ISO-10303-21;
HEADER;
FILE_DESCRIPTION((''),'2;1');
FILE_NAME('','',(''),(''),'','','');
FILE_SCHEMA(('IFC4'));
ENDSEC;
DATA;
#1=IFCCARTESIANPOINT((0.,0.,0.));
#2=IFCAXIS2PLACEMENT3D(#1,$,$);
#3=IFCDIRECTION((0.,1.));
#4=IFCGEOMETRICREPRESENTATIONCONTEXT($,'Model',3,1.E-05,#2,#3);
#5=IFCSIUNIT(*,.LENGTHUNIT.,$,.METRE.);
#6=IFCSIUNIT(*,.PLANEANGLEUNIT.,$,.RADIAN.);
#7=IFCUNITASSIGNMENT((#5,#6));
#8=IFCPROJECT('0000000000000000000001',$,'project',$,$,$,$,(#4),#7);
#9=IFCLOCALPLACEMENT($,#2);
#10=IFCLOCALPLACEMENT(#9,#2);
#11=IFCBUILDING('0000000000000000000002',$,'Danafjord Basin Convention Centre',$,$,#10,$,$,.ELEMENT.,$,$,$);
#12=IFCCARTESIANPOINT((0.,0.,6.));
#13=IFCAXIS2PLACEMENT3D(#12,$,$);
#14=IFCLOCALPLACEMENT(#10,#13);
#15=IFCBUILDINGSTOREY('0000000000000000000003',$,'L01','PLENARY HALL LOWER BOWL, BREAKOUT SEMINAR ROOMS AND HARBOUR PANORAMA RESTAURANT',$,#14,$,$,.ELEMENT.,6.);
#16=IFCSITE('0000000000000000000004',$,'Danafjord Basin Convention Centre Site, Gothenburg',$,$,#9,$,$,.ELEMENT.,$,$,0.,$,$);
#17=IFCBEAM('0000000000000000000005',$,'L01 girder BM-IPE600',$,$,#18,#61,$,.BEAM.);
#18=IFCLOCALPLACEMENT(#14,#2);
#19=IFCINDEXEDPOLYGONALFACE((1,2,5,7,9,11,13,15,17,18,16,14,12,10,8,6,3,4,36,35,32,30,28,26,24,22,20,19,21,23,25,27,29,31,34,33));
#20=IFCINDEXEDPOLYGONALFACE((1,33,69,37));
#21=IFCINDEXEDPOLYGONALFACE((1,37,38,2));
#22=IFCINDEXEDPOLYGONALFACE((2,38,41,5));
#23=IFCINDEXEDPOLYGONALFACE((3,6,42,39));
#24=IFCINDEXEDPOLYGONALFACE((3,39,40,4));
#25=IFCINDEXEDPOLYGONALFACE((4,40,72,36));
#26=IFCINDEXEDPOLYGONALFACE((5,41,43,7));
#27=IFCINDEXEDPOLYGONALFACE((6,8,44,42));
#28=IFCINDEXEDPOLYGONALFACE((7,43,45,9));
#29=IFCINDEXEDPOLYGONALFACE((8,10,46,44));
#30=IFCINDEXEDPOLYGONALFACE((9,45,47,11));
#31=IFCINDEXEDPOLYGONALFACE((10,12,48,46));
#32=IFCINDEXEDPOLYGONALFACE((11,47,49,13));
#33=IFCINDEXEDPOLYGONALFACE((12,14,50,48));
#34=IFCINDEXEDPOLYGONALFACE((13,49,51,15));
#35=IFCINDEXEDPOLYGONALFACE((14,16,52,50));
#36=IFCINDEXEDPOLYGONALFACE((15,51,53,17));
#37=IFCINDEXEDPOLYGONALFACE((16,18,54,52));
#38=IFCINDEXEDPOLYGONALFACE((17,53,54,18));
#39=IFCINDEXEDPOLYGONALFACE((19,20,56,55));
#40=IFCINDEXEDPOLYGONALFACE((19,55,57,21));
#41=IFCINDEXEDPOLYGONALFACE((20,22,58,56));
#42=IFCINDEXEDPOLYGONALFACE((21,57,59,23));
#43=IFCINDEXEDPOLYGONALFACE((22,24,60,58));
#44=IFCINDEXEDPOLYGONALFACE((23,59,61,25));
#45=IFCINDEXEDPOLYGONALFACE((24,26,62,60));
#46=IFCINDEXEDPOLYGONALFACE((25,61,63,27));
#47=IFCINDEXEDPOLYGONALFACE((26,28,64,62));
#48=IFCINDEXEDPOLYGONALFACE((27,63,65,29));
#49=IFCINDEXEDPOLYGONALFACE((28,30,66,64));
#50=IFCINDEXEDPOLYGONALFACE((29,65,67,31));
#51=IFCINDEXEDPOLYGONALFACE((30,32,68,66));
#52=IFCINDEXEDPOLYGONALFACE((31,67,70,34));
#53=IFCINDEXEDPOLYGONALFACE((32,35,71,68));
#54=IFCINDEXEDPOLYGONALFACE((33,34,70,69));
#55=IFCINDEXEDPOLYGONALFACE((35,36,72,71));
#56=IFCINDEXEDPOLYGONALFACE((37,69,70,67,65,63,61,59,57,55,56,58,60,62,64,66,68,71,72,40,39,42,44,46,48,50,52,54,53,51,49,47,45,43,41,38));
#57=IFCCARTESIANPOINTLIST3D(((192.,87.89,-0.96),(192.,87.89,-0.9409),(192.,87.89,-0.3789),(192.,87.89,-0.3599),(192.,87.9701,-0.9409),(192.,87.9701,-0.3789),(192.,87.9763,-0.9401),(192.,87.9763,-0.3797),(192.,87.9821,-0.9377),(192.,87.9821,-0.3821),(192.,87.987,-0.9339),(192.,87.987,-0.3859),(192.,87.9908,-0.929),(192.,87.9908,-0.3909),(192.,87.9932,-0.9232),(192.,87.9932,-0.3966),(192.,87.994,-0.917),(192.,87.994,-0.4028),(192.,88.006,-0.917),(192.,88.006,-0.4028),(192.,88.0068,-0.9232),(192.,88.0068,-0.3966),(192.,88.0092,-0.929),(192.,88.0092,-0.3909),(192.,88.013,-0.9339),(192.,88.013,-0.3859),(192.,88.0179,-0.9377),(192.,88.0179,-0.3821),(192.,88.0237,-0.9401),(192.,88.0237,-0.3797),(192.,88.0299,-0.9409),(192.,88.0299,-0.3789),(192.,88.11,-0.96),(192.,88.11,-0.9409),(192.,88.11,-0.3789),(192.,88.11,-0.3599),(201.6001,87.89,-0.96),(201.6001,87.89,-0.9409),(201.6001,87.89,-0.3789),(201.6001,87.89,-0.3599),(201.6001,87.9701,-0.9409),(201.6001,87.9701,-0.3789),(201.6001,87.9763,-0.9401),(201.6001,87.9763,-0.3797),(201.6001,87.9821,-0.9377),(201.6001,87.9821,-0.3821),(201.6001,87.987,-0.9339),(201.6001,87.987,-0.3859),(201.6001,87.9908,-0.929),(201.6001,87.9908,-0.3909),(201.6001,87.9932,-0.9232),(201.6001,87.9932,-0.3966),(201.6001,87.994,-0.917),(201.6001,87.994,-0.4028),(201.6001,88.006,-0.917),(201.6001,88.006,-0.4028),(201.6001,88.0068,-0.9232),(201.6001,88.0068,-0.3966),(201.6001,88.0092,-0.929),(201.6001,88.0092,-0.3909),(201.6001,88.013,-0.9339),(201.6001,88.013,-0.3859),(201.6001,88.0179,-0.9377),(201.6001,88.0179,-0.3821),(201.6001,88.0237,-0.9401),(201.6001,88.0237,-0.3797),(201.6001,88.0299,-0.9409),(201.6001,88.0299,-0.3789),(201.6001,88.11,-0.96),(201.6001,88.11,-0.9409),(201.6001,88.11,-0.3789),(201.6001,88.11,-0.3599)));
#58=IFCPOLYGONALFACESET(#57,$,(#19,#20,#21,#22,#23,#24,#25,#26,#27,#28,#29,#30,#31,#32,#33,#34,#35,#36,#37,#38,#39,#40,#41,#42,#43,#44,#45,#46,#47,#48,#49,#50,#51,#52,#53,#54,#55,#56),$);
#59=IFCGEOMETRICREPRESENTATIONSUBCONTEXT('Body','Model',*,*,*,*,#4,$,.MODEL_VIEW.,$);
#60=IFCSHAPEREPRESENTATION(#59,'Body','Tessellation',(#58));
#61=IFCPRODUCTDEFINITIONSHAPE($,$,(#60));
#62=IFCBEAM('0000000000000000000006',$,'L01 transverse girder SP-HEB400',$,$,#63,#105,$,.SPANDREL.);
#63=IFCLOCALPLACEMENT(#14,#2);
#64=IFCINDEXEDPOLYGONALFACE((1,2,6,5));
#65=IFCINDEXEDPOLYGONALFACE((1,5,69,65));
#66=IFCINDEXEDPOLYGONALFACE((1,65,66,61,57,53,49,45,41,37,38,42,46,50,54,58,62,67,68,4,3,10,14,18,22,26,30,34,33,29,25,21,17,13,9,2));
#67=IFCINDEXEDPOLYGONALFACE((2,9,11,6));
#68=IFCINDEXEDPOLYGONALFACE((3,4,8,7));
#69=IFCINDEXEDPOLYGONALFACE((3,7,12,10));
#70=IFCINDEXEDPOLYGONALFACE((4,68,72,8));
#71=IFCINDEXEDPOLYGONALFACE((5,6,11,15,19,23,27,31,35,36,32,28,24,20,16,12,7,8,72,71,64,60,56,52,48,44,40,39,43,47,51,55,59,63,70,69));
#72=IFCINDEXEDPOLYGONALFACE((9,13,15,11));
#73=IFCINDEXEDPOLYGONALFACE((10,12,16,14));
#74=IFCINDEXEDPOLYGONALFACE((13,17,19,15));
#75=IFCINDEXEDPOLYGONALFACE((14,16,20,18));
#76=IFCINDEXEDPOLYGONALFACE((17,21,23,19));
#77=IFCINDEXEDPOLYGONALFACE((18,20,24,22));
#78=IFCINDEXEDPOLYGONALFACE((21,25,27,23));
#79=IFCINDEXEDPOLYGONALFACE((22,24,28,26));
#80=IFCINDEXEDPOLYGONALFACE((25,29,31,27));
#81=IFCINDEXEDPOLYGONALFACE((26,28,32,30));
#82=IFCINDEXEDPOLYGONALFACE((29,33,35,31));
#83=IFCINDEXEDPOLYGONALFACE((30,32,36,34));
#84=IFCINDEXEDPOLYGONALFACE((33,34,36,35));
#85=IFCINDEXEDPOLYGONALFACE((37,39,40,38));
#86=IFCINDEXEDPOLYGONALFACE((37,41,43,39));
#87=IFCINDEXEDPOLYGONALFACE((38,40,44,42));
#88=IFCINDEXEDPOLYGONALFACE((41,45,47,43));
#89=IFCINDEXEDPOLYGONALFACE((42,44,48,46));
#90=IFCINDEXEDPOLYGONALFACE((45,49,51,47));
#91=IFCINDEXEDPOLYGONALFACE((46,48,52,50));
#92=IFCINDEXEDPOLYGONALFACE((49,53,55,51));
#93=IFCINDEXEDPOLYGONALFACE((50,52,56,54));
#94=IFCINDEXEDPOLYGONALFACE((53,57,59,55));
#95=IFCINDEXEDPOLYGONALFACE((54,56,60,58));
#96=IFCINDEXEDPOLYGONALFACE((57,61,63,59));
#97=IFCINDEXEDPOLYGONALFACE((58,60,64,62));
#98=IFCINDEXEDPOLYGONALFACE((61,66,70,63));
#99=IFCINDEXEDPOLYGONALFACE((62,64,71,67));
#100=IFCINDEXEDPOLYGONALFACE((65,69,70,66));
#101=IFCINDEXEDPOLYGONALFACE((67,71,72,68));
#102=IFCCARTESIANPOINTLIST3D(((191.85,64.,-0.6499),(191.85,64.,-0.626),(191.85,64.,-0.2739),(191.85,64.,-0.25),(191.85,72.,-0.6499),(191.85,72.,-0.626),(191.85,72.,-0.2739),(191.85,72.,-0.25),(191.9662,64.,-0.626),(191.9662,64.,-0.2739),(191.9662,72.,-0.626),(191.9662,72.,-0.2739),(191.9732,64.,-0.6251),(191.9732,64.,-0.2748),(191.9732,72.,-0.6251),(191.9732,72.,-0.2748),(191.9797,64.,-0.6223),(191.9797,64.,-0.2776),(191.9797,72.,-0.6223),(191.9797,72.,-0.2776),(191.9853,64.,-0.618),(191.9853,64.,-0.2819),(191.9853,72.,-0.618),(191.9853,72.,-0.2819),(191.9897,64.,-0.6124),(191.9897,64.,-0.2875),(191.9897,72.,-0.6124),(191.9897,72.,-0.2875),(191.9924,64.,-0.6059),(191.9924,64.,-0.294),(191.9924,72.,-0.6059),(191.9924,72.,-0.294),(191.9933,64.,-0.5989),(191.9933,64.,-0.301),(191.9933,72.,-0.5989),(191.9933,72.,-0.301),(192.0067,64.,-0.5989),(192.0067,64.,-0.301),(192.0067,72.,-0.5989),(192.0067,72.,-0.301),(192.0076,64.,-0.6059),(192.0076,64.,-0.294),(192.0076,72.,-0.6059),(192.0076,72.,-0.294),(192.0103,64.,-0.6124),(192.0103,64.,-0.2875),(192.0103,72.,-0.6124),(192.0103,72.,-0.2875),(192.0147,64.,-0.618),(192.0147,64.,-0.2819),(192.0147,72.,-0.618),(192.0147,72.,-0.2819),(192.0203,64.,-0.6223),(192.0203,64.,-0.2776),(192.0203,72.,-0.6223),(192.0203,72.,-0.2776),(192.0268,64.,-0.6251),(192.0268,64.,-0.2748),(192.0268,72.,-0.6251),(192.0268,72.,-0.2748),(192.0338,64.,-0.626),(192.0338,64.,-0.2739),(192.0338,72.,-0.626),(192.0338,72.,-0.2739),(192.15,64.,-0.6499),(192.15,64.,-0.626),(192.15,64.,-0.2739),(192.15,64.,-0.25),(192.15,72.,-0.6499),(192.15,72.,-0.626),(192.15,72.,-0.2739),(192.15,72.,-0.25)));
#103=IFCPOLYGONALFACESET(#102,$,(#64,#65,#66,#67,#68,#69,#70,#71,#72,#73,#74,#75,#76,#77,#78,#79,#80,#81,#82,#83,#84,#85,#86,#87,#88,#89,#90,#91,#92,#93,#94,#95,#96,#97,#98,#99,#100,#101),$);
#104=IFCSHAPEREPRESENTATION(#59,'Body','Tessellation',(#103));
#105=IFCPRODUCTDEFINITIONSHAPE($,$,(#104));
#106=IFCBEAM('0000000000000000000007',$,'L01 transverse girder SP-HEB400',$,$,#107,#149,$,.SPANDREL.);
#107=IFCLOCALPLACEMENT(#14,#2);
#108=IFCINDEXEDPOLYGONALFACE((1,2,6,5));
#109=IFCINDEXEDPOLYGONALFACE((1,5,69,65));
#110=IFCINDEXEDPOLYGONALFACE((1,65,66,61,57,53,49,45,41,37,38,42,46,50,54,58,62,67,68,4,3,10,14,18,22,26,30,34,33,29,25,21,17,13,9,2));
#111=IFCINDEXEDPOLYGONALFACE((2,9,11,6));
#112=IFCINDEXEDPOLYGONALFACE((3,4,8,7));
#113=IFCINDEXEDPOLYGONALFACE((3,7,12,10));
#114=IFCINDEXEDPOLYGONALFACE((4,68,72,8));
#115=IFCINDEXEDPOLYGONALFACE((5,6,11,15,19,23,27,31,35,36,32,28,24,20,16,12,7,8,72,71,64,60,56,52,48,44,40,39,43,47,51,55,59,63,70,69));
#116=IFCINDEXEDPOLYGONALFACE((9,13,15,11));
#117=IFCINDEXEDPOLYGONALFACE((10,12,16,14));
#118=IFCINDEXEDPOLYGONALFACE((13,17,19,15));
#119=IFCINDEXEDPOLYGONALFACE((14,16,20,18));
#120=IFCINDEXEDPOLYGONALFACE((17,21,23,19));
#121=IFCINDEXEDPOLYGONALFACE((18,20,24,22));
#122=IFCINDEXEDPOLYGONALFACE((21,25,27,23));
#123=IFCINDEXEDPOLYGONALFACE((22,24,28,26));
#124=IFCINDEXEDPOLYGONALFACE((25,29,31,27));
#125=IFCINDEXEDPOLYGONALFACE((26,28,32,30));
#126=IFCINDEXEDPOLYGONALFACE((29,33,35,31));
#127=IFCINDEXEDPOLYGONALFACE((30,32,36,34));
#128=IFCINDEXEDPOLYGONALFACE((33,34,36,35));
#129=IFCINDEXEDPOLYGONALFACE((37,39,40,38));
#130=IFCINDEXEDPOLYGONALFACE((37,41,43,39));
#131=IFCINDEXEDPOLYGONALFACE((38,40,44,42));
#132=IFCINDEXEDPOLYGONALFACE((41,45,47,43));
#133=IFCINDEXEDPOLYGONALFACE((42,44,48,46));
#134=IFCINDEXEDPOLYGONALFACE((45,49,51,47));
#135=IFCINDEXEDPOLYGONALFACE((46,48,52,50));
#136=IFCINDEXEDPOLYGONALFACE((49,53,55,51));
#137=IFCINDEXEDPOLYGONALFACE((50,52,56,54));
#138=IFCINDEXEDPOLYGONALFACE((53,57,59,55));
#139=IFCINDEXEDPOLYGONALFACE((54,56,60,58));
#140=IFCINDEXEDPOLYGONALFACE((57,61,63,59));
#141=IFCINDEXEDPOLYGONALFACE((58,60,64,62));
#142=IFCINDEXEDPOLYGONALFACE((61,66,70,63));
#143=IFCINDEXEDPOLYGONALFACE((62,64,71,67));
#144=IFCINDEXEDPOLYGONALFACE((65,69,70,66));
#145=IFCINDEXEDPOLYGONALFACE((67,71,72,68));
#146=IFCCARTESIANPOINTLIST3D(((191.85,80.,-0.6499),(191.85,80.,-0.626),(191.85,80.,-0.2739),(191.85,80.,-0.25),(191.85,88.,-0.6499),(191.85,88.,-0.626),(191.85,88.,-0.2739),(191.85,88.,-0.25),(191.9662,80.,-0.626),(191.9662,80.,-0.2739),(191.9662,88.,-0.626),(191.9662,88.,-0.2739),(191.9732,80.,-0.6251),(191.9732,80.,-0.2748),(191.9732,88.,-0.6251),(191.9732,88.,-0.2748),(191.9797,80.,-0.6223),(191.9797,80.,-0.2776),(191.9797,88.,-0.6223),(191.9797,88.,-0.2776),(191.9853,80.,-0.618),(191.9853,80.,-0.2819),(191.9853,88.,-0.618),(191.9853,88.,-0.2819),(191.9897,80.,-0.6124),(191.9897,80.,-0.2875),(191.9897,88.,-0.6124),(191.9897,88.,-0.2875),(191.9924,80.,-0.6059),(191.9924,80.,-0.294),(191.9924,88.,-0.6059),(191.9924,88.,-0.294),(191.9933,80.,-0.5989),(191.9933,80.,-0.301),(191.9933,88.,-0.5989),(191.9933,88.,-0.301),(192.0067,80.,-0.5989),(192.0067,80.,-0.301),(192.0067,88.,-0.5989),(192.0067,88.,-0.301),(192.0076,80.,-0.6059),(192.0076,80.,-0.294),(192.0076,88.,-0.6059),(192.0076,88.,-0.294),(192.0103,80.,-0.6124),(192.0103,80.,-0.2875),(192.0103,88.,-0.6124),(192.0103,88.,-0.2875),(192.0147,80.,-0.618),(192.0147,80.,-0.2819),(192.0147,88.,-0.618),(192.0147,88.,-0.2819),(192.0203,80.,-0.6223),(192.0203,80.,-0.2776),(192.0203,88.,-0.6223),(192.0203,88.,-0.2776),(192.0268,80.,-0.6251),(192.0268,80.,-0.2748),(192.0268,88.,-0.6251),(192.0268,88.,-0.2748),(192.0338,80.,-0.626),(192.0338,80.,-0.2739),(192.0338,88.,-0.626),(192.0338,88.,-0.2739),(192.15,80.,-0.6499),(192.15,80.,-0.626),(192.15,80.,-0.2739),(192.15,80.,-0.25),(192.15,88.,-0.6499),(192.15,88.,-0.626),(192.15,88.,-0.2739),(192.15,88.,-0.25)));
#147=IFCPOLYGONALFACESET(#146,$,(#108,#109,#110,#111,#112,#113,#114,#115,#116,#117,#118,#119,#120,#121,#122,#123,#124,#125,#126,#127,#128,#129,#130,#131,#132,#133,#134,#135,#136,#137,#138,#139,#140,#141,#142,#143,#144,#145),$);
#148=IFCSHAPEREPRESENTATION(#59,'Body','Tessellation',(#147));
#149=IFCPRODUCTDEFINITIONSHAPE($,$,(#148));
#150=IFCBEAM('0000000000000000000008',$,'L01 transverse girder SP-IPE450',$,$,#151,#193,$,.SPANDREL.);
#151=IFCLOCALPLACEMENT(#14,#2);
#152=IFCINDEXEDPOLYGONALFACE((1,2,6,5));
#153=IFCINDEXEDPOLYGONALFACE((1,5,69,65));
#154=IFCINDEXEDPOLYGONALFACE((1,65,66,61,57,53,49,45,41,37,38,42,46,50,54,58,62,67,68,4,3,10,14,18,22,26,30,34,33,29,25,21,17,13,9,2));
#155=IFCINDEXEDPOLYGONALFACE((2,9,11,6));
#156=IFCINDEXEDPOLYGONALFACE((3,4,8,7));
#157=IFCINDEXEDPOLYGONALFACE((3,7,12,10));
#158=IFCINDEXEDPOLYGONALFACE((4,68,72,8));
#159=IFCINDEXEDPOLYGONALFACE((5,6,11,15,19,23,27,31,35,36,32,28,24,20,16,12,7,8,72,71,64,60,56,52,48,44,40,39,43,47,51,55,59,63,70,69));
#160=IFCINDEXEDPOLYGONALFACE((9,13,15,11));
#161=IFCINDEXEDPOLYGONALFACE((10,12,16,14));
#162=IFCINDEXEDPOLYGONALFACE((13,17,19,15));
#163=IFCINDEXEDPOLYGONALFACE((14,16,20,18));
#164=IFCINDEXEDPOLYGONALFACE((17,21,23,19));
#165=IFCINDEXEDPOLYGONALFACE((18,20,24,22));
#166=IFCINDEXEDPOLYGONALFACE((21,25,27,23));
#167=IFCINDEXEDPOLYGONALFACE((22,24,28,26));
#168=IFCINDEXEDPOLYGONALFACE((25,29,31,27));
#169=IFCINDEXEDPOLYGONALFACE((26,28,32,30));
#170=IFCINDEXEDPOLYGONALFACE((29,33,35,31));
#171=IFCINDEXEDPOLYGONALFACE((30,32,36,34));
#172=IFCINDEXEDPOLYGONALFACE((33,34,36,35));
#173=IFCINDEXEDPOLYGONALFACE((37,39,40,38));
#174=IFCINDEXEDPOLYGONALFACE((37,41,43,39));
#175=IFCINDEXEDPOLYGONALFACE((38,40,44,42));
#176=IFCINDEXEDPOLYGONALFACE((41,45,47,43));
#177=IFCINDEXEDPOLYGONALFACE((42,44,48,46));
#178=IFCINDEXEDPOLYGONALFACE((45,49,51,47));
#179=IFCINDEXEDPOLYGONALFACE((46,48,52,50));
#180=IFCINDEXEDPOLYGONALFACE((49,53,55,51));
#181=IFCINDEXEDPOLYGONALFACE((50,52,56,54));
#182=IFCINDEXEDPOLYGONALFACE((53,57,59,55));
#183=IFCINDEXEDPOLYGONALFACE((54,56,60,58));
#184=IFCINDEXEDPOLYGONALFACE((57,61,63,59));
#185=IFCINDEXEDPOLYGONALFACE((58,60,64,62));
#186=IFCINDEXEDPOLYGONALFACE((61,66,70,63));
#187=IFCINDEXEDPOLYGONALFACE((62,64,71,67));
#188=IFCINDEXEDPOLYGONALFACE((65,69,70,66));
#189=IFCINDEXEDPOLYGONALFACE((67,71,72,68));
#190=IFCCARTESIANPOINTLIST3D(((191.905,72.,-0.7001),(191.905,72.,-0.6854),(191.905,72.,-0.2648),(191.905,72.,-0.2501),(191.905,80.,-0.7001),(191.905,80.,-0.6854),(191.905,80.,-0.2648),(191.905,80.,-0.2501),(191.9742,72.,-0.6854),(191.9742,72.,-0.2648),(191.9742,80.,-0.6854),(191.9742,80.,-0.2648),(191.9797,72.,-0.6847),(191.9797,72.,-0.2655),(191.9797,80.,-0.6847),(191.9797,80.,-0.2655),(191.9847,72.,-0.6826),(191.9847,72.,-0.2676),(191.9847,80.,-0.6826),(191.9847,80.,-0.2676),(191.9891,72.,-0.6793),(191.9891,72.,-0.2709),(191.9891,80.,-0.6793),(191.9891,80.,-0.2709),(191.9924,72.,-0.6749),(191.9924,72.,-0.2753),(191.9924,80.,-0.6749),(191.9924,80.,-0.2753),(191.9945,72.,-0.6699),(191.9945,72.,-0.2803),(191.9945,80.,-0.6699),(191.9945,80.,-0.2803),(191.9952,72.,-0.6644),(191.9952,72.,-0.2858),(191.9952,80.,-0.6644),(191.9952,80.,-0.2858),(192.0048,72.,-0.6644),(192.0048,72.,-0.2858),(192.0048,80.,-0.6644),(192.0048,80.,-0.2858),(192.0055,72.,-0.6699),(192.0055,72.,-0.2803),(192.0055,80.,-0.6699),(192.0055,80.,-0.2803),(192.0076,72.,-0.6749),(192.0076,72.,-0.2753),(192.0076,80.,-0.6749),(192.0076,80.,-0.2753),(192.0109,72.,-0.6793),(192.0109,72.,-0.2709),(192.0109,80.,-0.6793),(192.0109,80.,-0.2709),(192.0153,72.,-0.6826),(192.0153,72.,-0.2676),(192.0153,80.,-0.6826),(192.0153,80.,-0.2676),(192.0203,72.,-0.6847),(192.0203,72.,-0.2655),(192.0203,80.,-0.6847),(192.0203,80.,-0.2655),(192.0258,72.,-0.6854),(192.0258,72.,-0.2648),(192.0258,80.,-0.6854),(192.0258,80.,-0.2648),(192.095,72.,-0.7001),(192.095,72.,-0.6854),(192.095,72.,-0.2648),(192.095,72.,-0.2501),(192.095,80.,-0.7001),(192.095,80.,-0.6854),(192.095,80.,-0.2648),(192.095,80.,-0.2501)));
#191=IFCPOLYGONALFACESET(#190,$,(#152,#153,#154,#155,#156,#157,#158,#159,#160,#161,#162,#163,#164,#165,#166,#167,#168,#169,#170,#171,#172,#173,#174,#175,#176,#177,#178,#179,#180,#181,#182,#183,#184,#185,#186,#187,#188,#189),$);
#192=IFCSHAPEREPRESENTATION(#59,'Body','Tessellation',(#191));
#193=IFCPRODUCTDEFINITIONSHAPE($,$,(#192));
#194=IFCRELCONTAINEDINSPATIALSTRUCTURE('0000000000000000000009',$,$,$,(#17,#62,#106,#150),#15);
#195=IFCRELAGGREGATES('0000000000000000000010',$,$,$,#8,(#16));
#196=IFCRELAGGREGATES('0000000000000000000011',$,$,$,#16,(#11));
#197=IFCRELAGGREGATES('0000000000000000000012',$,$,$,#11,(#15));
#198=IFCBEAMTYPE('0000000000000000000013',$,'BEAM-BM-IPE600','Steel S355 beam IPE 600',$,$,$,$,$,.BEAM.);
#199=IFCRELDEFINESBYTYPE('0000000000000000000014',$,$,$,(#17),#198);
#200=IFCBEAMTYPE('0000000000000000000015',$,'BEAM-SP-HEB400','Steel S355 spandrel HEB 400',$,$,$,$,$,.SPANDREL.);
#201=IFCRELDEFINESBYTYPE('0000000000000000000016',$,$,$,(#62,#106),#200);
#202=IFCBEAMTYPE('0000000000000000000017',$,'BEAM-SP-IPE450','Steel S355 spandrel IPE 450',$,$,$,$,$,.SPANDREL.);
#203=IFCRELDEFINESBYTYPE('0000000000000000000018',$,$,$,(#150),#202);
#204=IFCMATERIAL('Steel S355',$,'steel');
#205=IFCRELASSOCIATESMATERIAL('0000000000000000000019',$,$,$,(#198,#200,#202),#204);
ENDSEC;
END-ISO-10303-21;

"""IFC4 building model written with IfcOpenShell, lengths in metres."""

from ifc_helpers import new_model, si_unit, direction, frame, origin, origin_2d, place, context, subcontext, project, spatial, i_section, extrude, material, material_profile, profile_set, type_object, element, save


model = new_model("IFC4")

# Units and contexts
model_context = context("Model", 3, precision=1e-05, world=origin(), true_north=direction((0.0, 1.0)))
body_context = subcontext(model_context, "Body", "Model", "MODEL_VIEW")
ifc_project = project(units=[si_unit("LENGTHUNIT", "METRE"), si_unit("PLANEANGLEUNIT", "RADIAN")], contexts=[model_context])

# Site, building, storey
site_placement = place(None, origin())
site = spatial("IfcSite", under=ifc_project, at=site_placement, Name="Danafjord Basin Convention Centre Site, Gothenburg", CompositionType="ELEMENT", RefElevation=0.0)
building_placement = place(site_placement, origin())
building = spatial("IfcBuilding", under=site, at=building_placement, Name="Danafjord Basin Convention Centre", CompositionType="ELEMENT")
storey_placement = place(building_placement, frame((0.0, 0.0, 6.0)))
storey = spatial("IfcBuildingStorey", under=building, at=storey_placement, Name="L01", Description="PLENARY HALL LOWER BOWL, BREAKOUT SEMINAR ROOMS AND HARBOUR PANORAMA RESTAURANT", CompositionType="ELEMENT", Elevation=6.0)

# Shared definitions
ifc_material_1 = material(Name="Steel S355", Category="steel")

# Beams
ifc_material_profile_1 = material_profile(ifc_material_1, i_section(OverallWidth=0.22, OverallDepth=0.6001, WebThickness=0.012, FlangeThickness=0.019, FilletRadius=0.0239, at=origin_2d()), Name="IPE 600")
ifc_profile_set_1 = profile_set([ifc_material_profile_1], Name="Steel S355")
beam_type_1 = type_object("IfcBeamType", Name="BEAM-BM-IPE600", Description="Steel S355 beam IPE 600", PredefinedType="BEAM", material=ifc_profile_set_1)
beam_1_placement = place(storey_placement, frame((192.0, 88.0, -0.6599), z_axis=(1.0, 0.0, 0.0), x_axis=(0.0, 1.0, 0.0)))
element("IfcBeam", 1, at=beam_1_placement, inside=storey, type_object=beam_type_1, Name="L01 girder BM-IPE600", PredefinedType="BEAM", context=body_context, shape_type="SweptSolid", body=[
    extrude(i_section(OverallWidth=0.22, OverallDepth=0.6001, WebThickness=0.012, FlangeThickness=0.019, FilletRadius=0.0239, at=origin_2d()), origin(), (0.0, 0.0, 1.0), 9.6001),
])
ifc_material_profile_2 = material_profile(ifc_material_1, i_section(OverallWidth=0.3, OverallDepth=0.3999, WebThickness=0.0134, FlangeThickness=0.0239, FilletRadius=0.0271, at=origin_2d()), Name="HEB 400")
ifc_profile_set_2 = profile_set([ifc_material_profile_2], Name="Steel S355")
beam_type_2 = type_object("IfcBeamType", Name="BEAM-SP-HEB400", Description="Steel S355 spandrel HEB 400", PredefinedType="SPANDREL", material=ifc_profile_set_2)
for number, where, z_axis, x_axis, name in (
    (2, (192.0, 64.0, -0.45), (0.0, 1.0, 0.0), (-1.0, 0.0, 0.0), "L01 transverse girder SP-HEB400"),
    (3, (192.0, 80.0, -0.45), (0.0, 1.0, 0.0), (-1.0, 0.0, 0.0), "L01 transverse girder SP-HEB400"),
):
    element("IfcBeam", number, at=place(storey_placement, frame(where, z_axis=z_axis, x_axis=x_axis)), inside=storey, type_object=beam_type_2, Name=name, PredefinedType="SPANDREL", context=body_context, shape_type="SweptSolid", body=[
        extrude(i_section(OverallWidth=0.3, OverallDepth=0.3999, WebThickness=0.0134, FlangeThickness=0.0239, FilletRadius=0.0271, at=origin_2d()), origin(), (0.0, 0.0, 1.0), 8.0),
    ])
ifc_material_profile_3 = material_profile(ifc_material_1, i_section(OverallWidth=0.1899, OverallDepth=0.45, WebThickness=0.0095, FlangeThickness=0.0146, FilletRadius=0.021, at=origin_2d()), Name="IPE 450")
ifc_profile_set_3 = profile_set([ifc_material_profile_3], Name="Steel S355")
beam_type_3 = type_object("IfcBeamType", Name="BEAM-SP-IPE450", Description="Steel S355 spandrel IPE 450", PredefinedType="SPANDREL", material=ifc_profile_set_3)
beam_2_placement = place(storey_placement, frame((192.0, 72.0, -0.4751), z_axis=(0.0, 1.0, 0.0), x_axis=(-1.0, 0.0, 0.0)))
element("IfcBeam", 4, at=beam_2_placement, inside=storey, type_object=beam_type_3, Name="L01 transverse girder SP-IPE450", PredefinedType="SPANDREL", context=body_context, shape_type="SweptSolid", body=[
    extrude(i_section(OverallWidth=0.1899, OverallDepth=0.45, WebThickness=0.0095, FlangeThickness=0.0146, FilletRadius=0.021, at=origin_2d()), origin(), (0.0, 0.0, 1.0), 8.0),
])

save(model, "model.ifc")
